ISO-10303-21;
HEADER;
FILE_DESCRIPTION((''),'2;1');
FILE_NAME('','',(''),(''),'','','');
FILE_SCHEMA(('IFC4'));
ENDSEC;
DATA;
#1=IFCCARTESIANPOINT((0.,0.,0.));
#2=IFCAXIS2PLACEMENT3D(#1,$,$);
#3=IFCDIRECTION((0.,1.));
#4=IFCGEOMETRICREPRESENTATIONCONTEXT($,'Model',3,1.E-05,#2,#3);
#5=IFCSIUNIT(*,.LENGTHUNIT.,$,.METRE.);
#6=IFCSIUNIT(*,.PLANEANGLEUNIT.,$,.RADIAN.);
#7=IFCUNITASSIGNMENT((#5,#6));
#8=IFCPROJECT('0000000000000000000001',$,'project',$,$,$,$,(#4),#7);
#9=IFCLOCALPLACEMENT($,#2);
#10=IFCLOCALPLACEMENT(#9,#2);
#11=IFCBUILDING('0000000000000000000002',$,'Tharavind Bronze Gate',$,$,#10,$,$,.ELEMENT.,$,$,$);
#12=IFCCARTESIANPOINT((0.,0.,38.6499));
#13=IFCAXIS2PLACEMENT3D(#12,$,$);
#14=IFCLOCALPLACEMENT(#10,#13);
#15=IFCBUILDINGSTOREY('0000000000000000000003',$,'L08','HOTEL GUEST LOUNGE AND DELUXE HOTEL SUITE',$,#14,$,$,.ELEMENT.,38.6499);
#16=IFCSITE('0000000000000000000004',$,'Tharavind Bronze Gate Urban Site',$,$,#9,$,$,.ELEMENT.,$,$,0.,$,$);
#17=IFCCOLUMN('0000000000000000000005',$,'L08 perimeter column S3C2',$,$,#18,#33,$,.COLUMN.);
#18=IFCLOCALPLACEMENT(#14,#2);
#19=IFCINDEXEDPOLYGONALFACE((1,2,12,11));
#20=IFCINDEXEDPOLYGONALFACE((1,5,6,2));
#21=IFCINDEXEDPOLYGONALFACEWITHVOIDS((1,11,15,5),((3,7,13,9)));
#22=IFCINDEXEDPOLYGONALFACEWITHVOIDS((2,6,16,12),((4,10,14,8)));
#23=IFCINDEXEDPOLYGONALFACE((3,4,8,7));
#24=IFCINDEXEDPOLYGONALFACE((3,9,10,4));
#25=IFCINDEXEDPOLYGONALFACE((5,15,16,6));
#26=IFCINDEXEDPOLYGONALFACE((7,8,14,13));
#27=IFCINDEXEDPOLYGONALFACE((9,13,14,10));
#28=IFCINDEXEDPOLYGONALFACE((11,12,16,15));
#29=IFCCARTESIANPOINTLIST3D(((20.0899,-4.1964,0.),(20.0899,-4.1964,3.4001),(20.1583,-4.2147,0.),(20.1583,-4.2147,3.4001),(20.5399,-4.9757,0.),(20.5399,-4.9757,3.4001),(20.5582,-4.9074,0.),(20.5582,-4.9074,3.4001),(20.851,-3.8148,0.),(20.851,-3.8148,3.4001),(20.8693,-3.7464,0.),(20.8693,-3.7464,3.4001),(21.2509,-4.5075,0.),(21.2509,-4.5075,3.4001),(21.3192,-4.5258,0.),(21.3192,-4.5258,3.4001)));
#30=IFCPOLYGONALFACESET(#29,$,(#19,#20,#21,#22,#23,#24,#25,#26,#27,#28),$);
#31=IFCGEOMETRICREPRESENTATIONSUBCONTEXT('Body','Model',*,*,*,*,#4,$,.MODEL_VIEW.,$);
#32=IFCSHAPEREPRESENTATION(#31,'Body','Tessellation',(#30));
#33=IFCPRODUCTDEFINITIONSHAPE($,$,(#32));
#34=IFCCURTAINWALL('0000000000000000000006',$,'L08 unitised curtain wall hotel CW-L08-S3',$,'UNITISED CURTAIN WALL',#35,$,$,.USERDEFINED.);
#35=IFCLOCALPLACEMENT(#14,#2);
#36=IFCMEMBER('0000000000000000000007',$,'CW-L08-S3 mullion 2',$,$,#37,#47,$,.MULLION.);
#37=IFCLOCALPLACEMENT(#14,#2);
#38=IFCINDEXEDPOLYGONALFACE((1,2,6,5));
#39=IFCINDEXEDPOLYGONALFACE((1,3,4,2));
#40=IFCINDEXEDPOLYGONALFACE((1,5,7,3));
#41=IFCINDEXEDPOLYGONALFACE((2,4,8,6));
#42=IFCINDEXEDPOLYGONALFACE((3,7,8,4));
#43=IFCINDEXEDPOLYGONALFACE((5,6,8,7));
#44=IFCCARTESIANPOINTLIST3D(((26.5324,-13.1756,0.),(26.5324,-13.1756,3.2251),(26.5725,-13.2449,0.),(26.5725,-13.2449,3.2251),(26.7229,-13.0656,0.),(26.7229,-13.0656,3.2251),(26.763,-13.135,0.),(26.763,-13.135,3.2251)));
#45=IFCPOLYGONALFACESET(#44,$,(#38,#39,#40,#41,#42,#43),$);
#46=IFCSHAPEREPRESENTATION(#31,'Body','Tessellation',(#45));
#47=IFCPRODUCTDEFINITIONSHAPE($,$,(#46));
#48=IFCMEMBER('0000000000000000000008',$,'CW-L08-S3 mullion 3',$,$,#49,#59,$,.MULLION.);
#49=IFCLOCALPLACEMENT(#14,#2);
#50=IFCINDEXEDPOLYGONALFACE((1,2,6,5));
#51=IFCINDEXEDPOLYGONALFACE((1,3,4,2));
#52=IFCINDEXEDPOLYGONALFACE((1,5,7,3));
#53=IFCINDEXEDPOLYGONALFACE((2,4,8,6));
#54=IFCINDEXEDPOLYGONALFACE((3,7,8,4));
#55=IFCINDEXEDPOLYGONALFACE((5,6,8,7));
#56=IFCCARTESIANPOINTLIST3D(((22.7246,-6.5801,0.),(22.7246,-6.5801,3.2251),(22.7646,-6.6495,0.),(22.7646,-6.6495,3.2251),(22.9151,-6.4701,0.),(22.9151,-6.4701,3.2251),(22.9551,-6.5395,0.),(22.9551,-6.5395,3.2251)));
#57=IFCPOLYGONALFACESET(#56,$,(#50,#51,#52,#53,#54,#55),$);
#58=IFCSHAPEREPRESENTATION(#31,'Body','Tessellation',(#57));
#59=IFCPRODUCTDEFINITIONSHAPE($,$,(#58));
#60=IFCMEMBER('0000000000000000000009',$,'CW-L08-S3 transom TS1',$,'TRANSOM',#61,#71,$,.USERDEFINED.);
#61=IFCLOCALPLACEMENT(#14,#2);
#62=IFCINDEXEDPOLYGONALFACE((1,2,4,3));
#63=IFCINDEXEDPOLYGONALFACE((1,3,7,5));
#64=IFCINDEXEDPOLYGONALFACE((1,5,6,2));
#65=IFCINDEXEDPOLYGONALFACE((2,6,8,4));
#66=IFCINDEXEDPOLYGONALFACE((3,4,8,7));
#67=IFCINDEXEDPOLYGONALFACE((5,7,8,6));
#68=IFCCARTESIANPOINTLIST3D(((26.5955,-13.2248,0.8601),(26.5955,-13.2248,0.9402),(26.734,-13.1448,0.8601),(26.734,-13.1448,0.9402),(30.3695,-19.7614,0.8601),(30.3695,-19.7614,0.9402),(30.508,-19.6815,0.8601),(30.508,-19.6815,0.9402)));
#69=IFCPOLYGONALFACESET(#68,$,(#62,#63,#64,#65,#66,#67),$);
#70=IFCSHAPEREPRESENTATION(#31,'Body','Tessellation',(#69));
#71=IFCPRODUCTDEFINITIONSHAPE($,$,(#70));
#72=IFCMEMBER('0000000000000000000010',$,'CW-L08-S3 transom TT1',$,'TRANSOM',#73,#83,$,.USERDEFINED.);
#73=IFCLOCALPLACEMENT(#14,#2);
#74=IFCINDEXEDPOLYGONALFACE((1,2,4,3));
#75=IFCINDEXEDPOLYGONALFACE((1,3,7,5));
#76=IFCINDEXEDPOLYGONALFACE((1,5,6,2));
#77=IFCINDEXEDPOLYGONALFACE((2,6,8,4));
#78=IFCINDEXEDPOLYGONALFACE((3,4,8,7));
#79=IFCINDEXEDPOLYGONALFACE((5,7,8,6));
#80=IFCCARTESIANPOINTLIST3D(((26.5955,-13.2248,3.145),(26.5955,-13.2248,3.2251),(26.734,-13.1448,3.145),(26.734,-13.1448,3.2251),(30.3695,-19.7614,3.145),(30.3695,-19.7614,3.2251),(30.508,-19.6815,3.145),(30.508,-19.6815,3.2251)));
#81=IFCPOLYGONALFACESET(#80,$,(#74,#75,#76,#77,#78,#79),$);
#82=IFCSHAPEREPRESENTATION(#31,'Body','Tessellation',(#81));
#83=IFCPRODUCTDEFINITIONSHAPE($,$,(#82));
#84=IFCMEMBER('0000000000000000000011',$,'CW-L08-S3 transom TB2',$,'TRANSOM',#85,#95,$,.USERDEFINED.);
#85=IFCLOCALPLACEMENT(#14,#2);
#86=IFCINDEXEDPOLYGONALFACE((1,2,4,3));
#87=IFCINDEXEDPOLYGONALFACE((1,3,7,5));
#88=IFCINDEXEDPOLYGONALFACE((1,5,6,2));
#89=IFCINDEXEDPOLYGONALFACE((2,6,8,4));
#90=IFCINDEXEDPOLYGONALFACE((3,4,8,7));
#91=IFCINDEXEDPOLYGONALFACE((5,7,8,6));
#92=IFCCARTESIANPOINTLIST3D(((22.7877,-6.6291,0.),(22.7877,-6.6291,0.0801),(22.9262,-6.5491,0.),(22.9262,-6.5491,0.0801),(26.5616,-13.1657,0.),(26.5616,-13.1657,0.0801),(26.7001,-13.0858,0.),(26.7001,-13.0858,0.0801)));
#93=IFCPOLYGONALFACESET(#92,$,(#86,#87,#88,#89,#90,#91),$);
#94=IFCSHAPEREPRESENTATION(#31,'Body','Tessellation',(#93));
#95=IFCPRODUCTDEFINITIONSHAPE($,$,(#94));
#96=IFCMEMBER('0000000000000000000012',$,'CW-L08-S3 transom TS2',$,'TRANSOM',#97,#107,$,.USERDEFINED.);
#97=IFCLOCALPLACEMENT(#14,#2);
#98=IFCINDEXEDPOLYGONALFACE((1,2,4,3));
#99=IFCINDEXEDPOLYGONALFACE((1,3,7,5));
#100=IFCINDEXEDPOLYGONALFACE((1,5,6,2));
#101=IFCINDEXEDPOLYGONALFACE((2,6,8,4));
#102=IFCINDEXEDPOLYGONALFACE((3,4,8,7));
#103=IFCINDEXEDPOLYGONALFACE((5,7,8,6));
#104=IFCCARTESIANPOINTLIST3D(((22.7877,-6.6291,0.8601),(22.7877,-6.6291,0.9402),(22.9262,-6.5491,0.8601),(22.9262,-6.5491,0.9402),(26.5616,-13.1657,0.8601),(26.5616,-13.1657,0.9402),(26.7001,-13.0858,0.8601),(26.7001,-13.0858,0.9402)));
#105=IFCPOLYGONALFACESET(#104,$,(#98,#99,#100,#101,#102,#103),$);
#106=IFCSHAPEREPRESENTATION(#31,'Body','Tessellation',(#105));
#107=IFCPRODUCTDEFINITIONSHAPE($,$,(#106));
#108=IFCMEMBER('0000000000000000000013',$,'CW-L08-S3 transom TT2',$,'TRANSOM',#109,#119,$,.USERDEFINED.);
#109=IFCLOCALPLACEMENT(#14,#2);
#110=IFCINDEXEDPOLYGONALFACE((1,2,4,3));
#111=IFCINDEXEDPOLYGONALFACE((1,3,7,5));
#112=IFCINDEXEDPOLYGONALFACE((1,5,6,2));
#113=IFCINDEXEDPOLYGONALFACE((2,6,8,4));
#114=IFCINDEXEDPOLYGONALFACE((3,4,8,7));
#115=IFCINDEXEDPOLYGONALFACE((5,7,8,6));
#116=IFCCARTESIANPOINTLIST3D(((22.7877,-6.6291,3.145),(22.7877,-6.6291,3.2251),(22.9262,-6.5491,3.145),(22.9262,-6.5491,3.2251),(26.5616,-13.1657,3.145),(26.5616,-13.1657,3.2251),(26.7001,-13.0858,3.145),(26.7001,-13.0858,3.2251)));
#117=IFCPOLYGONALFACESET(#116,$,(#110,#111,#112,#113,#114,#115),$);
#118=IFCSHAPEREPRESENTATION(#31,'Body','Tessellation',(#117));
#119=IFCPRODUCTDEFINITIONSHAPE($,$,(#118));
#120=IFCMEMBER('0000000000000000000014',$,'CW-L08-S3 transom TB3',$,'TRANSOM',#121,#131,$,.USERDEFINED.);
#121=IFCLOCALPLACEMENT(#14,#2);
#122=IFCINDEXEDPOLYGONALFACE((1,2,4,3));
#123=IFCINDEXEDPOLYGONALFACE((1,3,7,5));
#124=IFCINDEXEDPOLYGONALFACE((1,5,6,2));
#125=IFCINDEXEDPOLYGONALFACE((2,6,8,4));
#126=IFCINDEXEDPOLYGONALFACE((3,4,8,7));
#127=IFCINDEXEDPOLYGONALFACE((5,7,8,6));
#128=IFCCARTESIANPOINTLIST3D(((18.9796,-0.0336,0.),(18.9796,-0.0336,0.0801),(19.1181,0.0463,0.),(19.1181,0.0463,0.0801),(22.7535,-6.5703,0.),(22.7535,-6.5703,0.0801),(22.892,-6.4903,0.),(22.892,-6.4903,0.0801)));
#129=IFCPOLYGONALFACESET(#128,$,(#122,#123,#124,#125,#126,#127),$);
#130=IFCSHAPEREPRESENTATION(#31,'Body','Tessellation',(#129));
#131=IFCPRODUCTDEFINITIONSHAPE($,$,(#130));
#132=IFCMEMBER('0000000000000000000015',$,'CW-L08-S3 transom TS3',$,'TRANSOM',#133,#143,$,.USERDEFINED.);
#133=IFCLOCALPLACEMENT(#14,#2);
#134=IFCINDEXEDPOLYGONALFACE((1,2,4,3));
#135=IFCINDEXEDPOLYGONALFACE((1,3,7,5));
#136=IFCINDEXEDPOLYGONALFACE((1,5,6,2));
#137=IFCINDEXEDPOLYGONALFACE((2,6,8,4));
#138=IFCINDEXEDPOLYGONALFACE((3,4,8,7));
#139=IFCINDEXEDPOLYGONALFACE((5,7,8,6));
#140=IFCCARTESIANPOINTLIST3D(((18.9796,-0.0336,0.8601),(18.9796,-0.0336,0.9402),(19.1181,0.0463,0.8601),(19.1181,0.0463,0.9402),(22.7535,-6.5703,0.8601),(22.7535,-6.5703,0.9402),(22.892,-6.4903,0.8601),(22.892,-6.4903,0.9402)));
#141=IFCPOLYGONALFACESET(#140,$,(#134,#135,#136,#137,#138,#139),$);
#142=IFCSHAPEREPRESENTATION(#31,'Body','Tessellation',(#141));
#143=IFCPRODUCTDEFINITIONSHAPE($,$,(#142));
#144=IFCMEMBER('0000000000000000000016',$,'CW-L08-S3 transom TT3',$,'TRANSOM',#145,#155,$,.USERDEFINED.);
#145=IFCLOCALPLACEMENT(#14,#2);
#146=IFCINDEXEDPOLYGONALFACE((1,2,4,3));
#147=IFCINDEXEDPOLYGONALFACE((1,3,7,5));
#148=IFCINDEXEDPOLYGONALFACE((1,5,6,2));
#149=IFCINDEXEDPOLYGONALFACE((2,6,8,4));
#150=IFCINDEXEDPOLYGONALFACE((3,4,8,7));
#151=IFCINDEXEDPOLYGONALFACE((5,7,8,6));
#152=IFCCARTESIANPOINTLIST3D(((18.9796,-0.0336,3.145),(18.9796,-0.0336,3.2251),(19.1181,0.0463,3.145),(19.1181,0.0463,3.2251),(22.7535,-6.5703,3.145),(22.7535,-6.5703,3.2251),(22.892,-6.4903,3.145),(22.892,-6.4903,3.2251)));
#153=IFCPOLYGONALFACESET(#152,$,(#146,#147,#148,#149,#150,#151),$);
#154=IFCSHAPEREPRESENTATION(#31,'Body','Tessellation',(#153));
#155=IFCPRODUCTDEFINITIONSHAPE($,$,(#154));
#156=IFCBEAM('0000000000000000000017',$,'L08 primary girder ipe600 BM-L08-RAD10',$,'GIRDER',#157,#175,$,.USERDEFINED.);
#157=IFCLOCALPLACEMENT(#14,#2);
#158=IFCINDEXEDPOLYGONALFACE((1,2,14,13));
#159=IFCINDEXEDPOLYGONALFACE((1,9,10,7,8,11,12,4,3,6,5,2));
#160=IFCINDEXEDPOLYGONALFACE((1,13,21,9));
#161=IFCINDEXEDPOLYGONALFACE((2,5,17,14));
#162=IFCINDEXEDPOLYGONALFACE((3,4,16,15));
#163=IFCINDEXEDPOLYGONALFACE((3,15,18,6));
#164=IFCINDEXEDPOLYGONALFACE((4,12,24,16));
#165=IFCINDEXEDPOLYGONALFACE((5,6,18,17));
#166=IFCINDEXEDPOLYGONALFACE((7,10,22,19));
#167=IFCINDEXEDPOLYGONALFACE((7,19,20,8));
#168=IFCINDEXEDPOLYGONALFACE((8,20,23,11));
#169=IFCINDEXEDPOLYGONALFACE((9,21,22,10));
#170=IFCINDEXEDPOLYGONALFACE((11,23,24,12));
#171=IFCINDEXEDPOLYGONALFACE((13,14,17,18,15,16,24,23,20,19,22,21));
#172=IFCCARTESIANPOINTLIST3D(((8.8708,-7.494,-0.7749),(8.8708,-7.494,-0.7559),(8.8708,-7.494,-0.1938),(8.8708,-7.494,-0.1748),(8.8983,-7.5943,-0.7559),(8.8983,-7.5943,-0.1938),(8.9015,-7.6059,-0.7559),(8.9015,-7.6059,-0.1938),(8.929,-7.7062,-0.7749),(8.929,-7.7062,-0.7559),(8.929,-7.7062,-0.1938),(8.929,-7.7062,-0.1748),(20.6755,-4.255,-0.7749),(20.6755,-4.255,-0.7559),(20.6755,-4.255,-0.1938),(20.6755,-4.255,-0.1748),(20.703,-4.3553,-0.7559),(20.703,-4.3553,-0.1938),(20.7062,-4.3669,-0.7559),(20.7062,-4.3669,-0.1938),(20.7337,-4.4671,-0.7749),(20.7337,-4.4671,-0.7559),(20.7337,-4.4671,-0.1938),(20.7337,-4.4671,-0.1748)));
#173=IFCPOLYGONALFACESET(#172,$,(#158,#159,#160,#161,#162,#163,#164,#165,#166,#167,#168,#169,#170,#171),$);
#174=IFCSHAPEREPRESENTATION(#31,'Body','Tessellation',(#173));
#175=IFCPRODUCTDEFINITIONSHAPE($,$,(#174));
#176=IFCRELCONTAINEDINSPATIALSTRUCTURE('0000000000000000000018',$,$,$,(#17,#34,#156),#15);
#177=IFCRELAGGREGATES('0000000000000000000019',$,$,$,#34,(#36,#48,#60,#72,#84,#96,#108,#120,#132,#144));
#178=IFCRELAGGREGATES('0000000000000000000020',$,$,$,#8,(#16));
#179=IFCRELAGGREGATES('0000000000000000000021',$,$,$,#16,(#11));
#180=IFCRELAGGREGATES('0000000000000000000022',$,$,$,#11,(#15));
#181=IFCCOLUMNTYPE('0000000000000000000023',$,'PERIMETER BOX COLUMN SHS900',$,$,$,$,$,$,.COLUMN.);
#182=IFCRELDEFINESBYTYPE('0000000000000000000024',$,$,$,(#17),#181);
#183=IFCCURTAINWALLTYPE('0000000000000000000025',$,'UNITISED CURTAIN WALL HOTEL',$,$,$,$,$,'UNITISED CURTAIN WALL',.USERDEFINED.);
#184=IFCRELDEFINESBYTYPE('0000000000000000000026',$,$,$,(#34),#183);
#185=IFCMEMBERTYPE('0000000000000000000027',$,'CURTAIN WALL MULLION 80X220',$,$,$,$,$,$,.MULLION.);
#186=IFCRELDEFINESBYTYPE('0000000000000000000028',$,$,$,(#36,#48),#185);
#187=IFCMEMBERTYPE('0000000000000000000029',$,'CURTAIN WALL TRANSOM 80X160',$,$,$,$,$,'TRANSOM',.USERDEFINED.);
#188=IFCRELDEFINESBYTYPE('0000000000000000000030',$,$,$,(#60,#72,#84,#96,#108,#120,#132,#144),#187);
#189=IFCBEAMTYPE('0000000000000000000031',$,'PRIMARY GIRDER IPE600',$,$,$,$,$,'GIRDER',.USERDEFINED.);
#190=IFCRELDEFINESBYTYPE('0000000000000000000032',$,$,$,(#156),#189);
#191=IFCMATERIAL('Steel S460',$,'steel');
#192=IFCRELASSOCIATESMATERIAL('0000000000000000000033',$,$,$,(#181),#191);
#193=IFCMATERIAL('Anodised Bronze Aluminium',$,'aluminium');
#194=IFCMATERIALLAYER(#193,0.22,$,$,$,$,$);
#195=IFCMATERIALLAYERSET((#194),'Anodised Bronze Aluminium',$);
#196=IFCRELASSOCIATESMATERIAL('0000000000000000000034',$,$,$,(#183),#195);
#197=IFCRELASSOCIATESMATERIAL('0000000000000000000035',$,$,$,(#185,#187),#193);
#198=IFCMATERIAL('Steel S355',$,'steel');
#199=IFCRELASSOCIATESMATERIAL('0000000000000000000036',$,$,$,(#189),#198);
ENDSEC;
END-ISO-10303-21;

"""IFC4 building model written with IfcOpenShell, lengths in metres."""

from ifc_helpers import new_model, si_unit, direction, frame, origin, origin_2d, place, context, subcontext, project, spatial, rectangle, hollow_rectangle, i_section, extrude, material, layer, layer_set, material_profile, profile_set, type_object, element, aggregate, save


model = new_model("IFC4")

# Units and contexts
model_context = context("Model", 3, precision=1e-05, world=origin(), true_north=direction((0.0, 1.0)))
body_context = subcontext(model_context, "Body", "Model", "MODEL_VIEW")
ifc_project = project(units=[si_unit("LENGTHUNIT", "METRE"), si_unit("PLANEANGLEUNIT", "RADIAN")], contexts=[model_context])

# Site, building, storey
site_placement = place(None, origin())
site = spatial("IfcSite", under=ifc_project, at=site_placement, Name="Tharavind Bronze Gate Urban Site", CompositionType="ELEMENT", RefElevation=0.0)
building_placement = place(site_placement, origin())
building = spatial("IfcBuilding", under=site, at=building_placement, Name="Tharavind Bronze Gate", CompositionType="ELEMENT")
storey_placement = place(building_placement, frame((0.0, 0.0, 38.6499)))
storey = spatial("IfcBuildingStorey", under=building, at=storey_placement, Name="L08", Description="HOTEL GUEST LOUNGE AND DELUXE HOTEL SUITE", CompositionType="ELEMENT", Elevation=38.6499)

# Column
ifc_material_1 = material(Name="Steel S460", Category="steel")
ifc_material_profile_1 = material_profile(ifc_material_1, hollow_rectangle(XDim=0.8999, YDim=0.8999, WallThickness=0.05, at=origin_2d()), Name="SHS900X50")
ifc_profile_set_1 = profile_set([ifc_material_profile_1], Name="Steel S460")
column_type = type_object("IfcColumnType", Name="PERIMETER BOX COLUMN SHS900", PredefinedType="COLUMN", material=ifc_profile_set_1)
column_placement = place(storey_placement, frame((20.7046, -4.3611, 0.0), z_axis=(0.0, 0.0, 1.0), x_axis=(-0.500002, 0.866025, 0.0)))
element("IfcColumn", 1, at=column_placement, inside=storey, type_object=column_type, Name="L08 perimeter column S3C2", PredefinedType="COLUMN", context=body_context, shape_type="SweptSolid", body=[
    extrude(hollow_rectangle(XDim=0.8999, YDim=0.8999, WallThickness=0.05, at=origin_2d()), origin(), (0.0, 0.0, 1.0), 3.4001),
])

# Curtain wall, members
ifc_material_2 = material(Name="Anodised Bronze Aluminium", Category="aluminium")
ifc_layer_1 = layer(ifc_material_2, 0.22)
ifc_layer_set_1 = layer_set([ifc_layer_1], Name="Anodised Bronze Aluminium")
curtain_wall_type = type_object("IfcCurtainWallType", Name="UNITISED CURTAIN WALL HOTEL", ElementType="UNITISED CURTAIN WALL", PredefinedType="USERDEFINED", material=ifc_layer_set_1)
curtain_wall_placement = place(storey_placement, origin())
curtain_wall = element("IfcCurtainWall", 2, at=curtain_wall_placement, inside=storey, type_object=curtain_wall_type, Name="L08 unitised curtain wall hotel CW-L08-S3", ObjectType="UNITISED CURTAIN WALL", PredefinedType="USERDEFINED")
member_type_1 = type_object("IfcMemberType", Name="CURTAIN WALL MULLION 80X220", PredefinedType="MULLION", material=ifc_material_2)
member_1_placement = place(storey_placement, frame((26.6477, -13.1553, 0.0), z_axis=(0.0, 0.0, 1.0), x_axis=(-0.500002, 0.866025, 0.0)))
member_1 = element("IfcMember", 3, at=member_1_placement, type_object=member_type_1, Name="CW-L08-S3 mullion 2", PredefinedType="MULLION", context=body_context, shape_type="SweptSolid", body=[
    extrude(rectangle(XDim=0.0801, YDim=0.22, at=origin_2d()), origin(), (0.0, 0.0, 1.0), 3.2251),
])
member_2_placement = place(storey_placement, frame((22.8398, -6.5598, 0.0), z_axis=(0.0, 0.0, 1.0), x_axis=(-0.500002, 0.866025, 0.0)))
member_2 = element("IfcMember", 4, at=member_2_placement, type_object=member_type_1, Name="CW-L08-S3 mullion 3", PredefinedType="MULLION", context=body_context, shape_type="SweptSolid", body=[
    extrude(rectangle(XDim=0.0801, YDim=0.22, at=origin_2d()), origin(), (0.0, 0.0, 1.0), 3.2251),
])
member_type_2 = type_object("IfcMemberType", Name="CURTAIN WALL TRANSOM 80X160", ElementType="TRANSOM", PredefinedType="USERDEFINED", material=ifc_material_2)
member_3_placement = place(storey_placement, frame((28.5518, -16.4531, 0.8601), z_axis=(0.0, 0.0, 1.0), x_axis=(-0.500002, 0.866025, 0.0)))
member_3 = element("IfcMember", 5, at=member_3_placement, type_object=member_type_2, Name="CW-L08-S3 transom TS1", ObjectType="TRANSOM", PredefinedType="USERDEFINED", context=body_context, shape_type="SweptSolid", body=[
    extrude(rectangle(XDim=7.5479, YDim=0.1599, at=origin_2d()), origin(), (0.0, 0.0, 1.0), 0.0801),
])
member_4_placement = place(storey_placement, frame((28.5518, -16.4531, 3.145), z_axis=(0.0, 0.0, 1.0), x_axis=(-0.500002, 0.866025, 0.0)))
member_4 = element("IfcMember", 6, at=member_4_placement, type_object=member_type_2, Name="CW-L08-S3 transom TT1", ObjectType="TRANSOM", PredefinedType="USERDEFINED", context=body_context, shape_type="SweptSolid", body=[
    extrude(rectangle(XDim=7.5479, YDim=0.1599, at=origin_2d()), origin(), (0.0, 0.0, 1.0), 0.0801),
])
member_5_placement = place(storey_placement, frame((24.7439, -9.8574, 0.0), z_axis=(0.0, 0.0, 1.0), x_axis=(-0.500002, 0.866025, 0.0)))
member_5 = element("IfcMember", 7, at=member_5_placement, type_object=member_type_2, Name="CW-L08-S3 transom TB2", ObjectType="TRANSOM", PredefinedType="USERDEFINED", context=body_context, shape_type="SweptSolid", body=[
    extrude(rectangle(XDim=7.5479, YDim=0.1599, at=origin_2d()), origin(), (0.0, 0.0, 1.0), 0.0801),
])
member_6_placement = place(storey_placement, frame((24.7439, -9.8574, 0.8601), z_axis=(0.0, 0.0, 1.0), x_axis=(-0.500002, 0.866025, 0.0)))
member_6 = element("IfcMember", 8, at=member_6_placement, type_object=member_type_2, Name="CW-L08-S3 transom TS2", ObjectType="TRANSOM", PredefinedType="USERDEFINED", context=body_context, shape_type="SweptSolid", body=[
    extrude(rectangle(XDim=7.5479, YDim=0.1599, at=origin_2d()), origin(), (0.0, 0.0, 1.0), 0.0801),
])
member_7_placement = place(storey_placement, frame((24.7439, -9.8574, 3.145), z_axis=(0.0, 0.0, 1.0), x_axis=(-0.500002, 0.866025, 0.0)))
member_7 = element("IfcMember", 9, at=member_7_placement, type_object=member_type_2, Name="CW-L08-S3 transom TT2", ObjectType="TRANSOM", PredefinedType="USERDEFINED", context=body_context, shape_type="SweptSolid", body=[
    extrude(rectangle(XDim=7.5479, YDim=0.1599, at=origin_2d()), origin(), (0.0, 0.0, 1.0), 0.0801),
])
member_8_placement = place(storey_placement, frame((20.9358, -3.262, 0.0), z_axis=(0.0, 0.0, 1.0), x_axis=(-0.500002, 0.866025, 0.0)))
member_8 = element("IfcMember", 10, at=member_8_placement, type_object=member_type_2, Name="CW-L08-S3 transom TB3", ObjectType="TRANSOM", PredefinedType="USERDEFINED", context=body_context, shape_type="SweptSolid", body=[
    extrude(rectangle(XDim=7.5479, YDim=0.1599, at=origin_2d()), origin(), (0.0, 0.0, 1.0), 0.0801),
])
member_9_placement = place(storey_placement, frame((20.9358, -3.262, 0.8601), z_axis=(0.0, 0.0, 1.0), x_axis=(-0.500002, 0.866025, 0.0)))
member_9 = element("IfcMember", 11, at=member_9_placement, type_object=member_type_2, Name="CW-L08-S3 transom TS3", ObjectType="TRANSOM", PredefinedType="USERDEFINED", context=body_context, shape_type="SweptSolid", body=[
    extrude(rectangle(XDim=7.5479, YDim=0.1599, at=origin_2d()), origin(), (0.0, 0.0, 1.0), 0.0801),
])
member_10_placement = place(storey_placement, frame((20.9358, -3.262, 3.145), z_axis=(0.0, 0.0, 1.0), x_axis=(-0.500002, 0.866025, 0.0)))
member_10 = element("IfcMember", 12, at=member_10_placement, type_object=member_type_2, Name="CW-L08-S3 transom TT3", ObjectType="TRANSOM", PredefinedType="USERDEFINED", context=body_context, shape_type="SweptSolid", body=[
    extrude(rectangle(XDim=7.5479, YDim=0.1599, at=origin_2d()), origin(), (0.0, 0.0, 1.0), 0.0801),
])

# Beam
ifc_material_3 = material(Name="Steel S355", Category="steel")
ifc_material_profile_2 = material_profile(ifc_material_3, i_section(OverallWidth=0.22, OverallDepth=0.6001, WebThickness=0.012, FlangeThickness=0.019, at=origin_2d()), Name="IPE600")
ifc_profile_set_2 = profile_set([ifc_material_profile_2], Name="Steel S355")
beam_type_1 = type_object("IfcBeamType", Name="PRIMARY GIRDER IPE600", ElementType="GIRDER", PredefinedType="USERDEFINED", material=ifc_profile_set_2)
beam_1_placement = place(storey_placement, frame((20.7046, -4.3611, -0.4749), z_axis=(-0.964357, -0.264604, 0.0), x_axis=(0.264604, -0.964357, 0.0)))
element("IfcBeam", 13, at=beam_1_placement, inside=storey, type_object=beam_type_1, Name="L08 primary girder ipe600 BM-L08-RAD10", ObjectType="GIRDER", PredefinedType="USERDEFINED", context=body_context, shape_type="SweptSolid", body=[
    extrude(i_section(OverallWidth=0.22, OverallDepth=0.6001, WebThickness=0.012, FlangeThickness=0.019, at=origin_2d()), origin(), (0.0, 0.0, 1.0), 12.241),
])

aggregate(curtain_wall, [member_1, member_2, member_3, member_4, member_5, member_6, member_7, member_8, member_9, member_10])

save(model, "model.ifc")
